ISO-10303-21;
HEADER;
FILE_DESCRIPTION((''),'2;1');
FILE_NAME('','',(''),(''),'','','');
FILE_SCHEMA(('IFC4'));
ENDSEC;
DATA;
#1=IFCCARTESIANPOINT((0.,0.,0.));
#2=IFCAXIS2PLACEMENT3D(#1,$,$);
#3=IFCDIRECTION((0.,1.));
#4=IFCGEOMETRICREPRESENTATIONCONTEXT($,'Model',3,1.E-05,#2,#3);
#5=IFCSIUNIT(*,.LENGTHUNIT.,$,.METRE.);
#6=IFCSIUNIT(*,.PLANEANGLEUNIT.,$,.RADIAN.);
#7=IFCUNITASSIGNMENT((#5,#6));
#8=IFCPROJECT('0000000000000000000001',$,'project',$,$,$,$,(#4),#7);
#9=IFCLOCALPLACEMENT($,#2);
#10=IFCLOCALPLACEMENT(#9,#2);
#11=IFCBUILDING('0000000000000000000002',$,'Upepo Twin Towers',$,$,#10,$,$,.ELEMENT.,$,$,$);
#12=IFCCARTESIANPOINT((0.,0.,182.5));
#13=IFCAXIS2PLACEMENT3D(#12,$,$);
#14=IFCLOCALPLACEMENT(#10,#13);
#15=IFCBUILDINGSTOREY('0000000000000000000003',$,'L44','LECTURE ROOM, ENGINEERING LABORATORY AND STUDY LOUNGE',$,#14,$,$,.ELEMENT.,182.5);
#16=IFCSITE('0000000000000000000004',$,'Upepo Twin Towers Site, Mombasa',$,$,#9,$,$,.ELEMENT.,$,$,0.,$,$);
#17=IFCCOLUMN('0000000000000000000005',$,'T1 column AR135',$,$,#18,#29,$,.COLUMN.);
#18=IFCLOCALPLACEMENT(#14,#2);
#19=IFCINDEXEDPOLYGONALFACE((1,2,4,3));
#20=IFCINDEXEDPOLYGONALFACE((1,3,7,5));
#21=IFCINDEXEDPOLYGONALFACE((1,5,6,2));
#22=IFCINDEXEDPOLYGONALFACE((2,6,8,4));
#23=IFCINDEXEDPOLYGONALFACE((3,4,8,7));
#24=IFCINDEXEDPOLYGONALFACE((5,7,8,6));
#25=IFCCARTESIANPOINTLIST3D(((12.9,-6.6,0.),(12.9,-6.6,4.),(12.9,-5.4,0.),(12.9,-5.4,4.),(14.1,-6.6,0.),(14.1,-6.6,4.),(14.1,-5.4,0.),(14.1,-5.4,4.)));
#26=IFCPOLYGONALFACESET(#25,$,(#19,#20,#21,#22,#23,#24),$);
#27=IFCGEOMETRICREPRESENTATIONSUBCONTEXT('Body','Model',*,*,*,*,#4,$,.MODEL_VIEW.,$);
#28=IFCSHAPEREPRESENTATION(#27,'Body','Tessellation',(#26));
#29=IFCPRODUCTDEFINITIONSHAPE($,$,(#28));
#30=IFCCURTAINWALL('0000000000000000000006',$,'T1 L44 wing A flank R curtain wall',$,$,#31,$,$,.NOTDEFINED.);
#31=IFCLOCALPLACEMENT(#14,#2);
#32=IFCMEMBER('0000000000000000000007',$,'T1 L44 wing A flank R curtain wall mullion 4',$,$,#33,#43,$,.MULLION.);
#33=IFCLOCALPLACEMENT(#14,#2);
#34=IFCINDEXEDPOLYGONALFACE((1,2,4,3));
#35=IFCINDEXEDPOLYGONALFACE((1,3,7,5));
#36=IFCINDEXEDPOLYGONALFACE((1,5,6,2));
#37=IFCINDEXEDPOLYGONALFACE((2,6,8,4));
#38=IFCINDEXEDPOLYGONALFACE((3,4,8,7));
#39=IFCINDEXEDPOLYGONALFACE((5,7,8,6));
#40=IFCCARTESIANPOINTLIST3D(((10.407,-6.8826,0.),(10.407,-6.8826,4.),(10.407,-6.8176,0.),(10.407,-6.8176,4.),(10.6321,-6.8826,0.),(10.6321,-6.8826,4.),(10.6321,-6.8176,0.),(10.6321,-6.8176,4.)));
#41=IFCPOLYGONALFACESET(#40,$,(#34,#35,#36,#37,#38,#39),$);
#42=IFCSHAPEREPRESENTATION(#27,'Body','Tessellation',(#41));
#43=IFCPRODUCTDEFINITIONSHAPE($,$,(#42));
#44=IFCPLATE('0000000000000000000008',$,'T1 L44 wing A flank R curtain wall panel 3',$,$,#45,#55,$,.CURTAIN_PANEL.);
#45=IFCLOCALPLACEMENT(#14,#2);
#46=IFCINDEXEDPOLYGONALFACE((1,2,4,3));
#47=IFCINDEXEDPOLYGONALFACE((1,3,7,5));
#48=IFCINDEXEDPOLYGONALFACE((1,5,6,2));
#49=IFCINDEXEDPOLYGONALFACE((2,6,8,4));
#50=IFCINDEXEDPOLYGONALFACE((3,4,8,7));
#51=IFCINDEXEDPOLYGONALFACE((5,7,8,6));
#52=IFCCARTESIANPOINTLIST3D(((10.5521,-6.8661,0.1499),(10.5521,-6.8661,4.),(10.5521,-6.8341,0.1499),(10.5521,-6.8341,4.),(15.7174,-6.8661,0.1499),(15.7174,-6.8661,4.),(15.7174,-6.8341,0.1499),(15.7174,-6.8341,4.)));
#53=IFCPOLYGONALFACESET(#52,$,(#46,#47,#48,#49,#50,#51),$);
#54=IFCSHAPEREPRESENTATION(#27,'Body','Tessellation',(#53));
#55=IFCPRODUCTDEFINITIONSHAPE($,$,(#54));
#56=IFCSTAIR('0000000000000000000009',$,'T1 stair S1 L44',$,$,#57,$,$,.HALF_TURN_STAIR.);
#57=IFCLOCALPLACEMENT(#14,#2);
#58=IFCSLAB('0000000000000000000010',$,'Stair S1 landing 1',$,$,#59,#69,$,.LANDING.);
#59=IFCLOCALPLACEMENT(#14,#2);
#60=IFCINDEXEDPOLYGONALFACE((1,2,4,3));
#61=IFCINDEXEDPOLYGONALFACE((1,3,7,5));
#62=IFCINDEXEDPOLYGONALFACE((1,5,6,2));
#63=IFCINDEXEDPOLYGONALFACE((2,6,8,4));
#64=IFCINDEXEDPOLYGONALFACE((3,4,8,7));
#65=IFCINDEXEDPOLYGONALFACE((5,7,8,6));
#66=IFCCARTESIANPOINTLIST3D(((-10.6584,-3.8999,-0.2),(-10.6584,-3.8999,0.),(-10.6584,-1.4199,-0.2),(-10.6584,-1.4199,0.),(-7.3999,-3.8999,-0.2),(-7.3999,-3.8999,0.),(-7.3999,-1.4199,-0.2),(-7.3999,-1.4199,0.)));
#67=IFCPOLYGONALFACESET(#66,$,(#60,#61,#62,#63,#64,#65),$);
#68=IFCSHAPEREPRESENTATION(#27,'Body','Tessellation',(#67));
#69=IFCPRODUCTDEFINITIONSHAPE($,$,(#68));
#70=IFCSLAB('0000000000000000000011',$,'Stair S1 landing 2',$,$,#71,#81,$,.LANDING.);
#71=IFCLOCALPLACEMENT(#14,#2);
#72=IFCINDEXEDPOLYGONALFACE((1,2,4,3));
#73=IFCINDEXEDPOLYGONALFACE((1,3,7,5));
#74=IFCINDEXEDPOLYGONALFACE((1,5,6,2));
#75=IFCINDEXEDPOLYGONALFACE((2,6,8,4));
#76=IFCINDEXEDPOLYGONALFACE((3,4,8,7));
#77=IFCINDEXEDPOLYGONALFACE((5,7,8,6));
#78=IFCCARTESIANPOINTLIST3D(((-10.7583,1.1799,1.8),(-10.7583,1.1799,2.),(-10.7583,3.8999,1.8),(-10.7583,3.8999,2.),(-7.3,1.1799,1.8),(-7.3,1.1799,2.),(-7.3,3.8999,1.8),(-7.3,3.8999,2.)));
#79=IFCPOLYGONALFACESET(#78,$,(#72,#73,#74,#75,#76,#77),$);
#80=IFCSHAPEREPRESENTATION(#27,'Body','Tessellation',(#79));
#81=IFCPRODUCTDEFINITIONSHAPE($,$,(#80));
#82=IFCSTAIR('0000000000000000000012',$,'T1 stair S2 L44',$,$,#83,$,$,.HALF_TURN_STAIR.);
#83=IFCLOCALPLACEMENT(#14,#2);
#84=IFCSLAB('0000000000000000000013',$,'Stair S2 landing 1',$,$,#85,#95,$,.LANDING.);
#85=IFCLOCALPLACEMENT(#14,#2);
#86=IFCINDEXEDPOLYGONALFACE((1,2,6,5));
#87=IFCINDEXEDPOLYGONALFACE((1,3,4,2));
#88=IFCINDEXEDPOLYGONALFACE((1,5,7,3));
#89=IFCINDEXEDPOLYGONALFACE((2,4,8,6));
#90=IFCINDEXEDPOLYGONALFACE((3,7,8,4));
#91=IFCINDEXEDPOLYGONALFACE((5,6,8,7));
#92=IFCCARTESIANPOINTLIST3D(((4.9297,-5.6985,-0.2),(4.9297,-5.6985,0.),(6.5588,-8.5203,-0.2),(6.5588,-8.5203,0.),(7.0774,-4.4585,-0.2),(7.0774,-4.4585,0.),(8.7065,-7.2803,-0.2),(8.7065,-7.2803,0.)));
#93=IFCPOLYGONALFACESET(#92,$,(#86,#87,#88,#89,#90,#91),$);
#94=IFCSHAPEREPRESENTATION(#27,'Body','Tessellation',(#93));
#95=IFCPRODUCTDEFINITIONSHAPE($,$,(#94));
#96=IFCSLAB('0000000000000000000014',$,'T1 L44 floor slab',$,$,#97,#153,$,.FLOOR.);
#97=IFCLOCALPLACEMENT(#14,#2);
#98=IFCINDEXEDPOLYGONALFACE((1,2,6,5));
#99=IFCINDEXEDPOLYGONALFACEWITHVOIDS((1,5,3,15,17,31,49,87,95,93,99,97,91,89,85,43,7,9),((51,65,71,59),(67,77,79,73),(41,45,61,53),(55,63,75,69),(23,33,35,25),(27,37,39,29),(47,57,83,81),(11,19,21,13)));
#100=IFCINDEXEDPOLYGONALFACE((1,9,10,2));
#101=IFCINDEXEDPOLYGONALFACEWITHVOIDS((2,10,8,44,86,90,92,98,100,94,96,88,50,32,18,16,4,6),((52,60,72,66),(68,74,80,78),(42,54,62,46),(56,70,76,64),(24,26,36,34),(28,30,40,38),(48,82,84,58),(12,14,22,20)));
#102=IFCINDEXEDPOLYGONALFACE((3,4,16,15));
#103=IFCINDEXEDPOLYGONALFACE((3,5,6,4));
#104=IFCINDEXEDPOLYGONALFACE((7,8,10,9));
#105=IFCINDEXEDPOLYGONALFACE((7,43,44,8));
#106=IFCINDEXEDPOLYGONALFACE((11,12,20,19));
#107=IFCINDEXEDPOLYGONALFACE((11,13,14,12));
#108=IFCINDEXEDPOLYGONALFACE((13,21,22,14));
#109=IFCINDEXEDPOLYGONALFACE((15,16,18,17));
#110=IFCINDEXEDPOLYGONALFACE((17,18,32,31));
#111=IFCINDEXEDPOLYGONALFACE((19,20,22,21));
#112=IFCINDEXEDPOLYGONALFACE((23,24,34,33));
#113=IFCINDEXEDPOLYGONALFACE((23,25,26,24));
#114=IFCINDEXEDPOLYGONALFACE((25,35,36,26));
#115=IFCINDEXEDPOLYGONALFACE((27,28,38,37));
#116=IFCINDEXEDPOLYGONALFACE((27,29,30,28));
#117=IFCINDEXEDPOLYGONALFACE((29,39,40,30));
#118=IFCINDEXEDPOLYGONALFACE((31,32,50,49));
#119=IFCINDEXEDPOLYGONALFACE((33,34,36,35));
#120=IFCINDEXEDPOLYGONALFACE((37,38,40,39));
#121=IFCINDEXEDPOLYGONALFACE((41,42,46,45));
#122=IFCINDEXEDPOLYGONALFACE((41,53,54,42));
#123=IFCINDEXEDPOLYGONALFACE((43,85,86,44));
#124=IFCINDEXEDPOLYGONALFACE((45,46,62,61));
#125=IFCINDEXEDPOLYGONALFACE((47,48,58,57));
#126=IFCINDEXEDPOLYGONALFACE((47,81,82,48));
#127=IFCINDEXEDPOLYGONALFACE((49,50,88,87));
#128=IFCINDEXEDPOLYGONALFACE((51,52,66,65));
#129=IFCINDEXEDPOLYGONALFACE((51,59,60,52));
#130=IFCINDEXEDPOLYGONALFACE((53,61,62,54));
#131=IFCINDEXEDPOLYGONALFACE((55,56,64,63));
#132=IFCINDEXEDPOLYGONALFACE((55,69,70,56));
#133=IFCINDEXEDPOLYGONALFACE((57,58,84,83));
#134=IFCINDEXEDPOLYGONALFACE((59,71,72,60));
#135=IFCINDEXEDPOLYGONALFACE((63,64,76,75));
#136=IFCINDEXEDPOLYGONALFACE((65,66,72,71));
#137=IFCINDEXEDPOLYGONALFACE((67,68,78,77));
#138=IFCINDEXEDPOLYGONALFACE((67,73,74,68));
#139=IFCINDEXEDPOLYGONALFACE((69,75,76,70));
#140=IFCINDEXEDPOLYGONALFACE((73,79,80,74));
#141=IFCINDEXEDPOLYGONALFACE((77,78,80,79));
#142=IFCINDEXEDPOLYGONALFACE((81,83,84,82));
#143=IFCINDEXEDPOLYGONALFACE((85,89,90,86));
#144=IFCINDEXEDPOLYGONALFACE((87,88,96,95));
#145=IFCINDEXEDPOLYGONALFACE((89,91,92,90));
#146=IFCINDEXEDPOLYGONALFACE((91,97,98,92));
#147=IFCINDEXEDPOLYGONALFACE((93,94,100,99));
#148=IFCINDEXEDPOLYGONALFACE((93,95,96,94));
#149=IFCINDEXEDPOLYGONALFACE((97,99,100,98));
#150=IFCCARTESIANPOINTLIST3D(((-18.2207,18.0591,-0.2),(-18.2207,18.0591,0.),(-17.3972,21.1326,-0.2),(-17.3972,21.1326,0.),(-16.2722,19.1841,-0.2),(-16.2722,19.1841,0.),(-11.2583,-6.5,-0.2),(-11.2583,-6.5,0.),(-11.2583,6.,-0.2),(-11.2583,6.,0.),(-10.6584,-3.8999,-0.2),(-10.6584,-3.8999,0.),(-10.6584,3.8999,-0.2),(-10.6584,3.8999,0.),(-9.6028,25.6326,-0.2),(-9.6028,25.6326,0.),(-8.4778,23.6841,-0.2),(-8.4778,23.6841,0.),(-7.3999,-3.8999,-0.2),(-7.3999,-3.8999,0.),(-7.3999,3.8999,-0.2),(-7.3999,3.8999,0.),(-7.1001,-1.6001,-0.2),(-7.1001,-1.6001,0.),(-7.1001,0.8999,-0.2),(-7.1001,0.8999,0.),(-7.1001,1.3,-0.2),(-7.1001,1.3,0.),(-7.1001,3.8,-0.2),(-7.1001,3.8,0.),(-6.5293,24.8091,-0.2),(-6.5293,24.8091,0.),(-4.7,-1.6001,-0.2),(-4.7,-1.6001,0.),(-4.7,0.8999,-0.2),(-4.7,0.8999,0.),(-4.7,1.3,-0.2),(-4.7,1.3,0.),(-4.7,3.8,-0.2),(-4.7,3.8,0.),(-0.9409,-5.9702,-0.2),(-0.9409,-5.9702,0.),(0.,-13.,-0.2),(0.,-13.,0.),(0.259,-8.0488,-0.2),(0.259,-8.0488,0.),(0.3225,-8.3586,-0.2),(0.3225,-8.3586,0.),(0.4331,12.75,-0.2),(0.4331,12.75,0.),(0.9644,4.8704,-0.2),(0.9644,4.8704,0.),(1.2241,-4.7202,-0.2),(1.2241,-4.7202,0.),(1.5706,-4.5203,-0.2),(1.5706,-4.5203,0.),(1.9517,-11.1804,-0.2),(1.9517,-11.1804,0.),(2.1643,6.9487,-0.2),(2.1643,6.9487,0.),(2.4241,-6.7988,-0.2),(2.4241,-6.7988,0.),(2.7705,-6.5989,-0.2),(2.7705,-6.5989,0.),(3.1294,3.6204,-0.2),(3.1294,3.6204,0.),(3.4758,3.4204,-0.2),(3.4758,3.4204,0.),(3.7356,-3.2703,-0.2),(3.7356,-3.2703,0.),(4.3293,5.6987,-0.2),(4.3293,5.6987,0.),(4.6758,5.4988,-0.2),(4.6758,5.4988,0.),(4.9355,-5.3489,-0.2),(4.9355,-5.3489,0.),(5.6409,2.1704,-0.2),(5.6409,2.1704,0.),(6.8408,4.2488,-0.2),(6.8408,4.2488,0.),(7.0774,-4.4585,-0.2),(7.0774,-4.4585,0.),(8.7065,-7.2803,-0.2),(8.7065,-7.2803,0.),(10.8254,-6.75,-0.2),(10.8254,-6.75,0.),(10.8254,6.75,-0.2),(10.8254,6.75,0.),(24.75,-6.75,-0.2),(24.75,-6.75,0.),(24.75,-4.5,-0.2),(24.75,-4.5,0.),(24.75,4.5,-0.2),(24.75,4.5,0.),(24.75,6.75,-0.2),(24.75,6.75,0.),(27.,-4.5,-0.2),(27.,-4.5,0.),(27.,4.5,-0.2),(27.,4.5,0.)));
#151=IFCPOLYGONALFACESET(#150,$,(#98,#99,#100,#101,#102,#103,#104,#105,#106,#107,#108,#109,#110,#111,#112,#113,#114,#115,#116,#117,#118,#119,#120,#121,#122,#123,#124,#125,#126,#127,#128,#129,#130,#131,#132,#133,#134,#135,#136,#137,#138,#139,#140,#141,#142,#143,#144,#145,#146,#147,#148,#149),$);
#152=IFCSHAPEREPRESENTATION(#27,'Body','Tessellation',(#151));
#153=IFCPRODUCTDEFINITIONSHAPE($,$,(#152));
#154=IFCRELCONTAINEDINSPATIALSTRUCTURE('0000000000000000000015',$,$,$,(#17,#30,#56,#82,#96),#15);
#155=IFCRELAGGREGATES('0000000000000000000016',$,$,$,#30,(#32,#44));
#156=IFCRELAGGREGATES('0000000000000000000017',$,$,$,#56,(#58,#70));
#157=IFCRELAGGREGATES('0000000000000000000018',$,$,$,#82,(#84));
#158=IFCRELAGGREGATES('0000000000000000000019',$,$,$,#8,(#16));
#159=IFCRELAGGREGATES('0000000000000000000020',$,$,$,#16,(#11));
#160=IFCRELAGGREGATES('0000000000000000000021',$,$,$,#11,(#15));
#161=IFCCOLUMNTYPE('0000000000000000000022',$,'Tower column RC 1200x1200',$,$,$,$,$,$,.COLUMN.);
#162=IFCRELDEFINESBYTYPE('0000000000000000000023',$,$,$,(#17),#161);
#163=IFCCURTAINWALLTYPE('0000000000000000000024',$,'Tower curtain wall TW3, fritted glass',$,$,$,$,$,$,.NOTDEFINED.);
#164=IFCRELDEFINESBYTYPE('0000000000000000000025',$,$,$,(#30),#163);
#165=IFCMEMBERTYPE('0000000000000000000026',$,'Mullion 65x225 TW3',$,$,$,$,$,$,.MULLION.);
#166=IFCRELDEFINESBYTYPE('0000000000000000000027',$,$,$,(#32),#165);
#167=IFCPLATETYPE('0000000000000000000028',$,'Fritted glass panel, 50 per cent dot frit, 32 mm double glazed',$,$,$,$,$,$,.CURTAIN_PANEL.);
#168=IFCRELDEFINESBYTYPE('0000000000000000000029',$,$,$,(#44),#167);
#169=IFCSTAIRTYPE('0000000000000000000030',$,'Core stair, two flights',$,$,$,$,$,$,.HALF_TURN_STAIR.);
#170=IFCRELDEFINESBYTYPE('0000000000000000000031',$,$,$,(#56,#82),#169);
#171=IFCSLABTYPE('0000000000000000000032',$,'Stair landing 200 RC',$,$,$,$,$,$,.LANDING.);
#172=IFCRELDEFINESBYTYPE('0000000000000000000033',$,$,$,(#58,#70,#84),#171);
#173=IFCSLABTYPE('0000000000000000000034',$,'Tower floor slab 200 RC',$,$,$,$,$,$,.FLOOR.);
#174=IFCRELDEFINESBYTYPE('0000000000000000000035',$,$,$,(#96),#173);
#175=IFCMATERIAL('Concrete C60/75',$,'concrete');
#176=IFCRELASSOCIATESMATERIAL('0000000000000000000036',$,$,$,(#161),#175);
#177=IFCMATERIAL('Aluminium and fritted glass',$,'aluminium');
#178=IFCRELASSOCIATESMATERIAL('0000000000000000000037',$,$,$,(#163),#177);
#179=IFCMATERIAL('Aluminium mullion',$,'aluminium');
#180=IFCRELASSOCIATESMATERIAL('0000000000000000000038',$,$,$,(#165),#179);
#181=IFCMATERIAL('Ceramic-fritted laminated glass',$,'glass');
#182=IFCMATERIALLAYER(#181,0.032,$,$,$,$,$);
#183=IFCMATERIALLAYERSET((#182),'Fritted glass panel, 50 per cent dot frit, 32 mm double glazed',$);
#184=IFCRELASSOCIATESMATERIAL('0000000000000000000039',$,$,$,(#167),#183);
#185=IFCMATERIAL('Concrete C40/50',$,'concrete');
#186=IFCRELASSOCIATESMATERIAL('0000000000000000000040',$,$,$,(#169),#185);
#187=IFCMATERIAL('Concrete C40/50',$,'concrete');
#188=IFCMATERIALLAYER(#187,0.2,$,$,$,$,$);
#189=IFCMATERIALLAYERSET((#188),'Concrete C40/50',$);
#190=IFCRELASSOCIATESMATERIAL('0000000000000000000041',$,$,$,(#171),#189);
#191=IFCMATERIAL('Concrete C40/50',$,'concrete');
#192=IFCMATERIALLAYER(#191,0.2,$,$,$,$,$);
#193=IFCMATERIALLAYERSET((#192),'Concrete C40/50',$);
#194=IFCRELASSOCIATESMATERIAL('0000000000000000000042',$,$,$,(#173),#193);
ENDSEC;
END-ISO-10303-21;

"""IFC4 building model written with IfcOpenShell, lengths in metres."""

from ifc_helpers import new_model, si_unit, direction, frame, origin, origin_2d, place, context, subcontext, project, spatial, polyline, rectangle, outline, extrude, material, layer, layer_set, material_profile, profile_set, type_object, element, aggregate, save


model = new_model("IFC4")

# Units and contexts
model_context = context("Model", 3, precision=1e-05, world=origin(), true_north=direction((0.0, 1.0)))
body_context = subcontext(model_context, "Body", "Model", "MODEL_VIEW")
ifc_project = project(units=[si_unit("LENGTHUNIT", "METRE"), si_unit("PLANEANGLEUNIT", "RADIAN")], contexts=[model_context])

# Site, building, storey
site_placement = place(None, origin())
site = spatial("IfcSite", under=ifc_project, at=site_placement, Name="Upepo Twin Towers Site, Mombasa", CompositionType="ELEMENT", RefElevation=0.0)
building_placement = place(site_placement, origin())
building = spatial("IfcBuilding", under=site, at=building_placement, Name="Upepo Twin Towers", CompositionType="ELEMENT")
storey_placement = place(building_placement, frame((0.0, 0.0, 182.5)))
storey = spatial("IfcBuildingStorey", under=building, at=storey_placement, Name="L44", Description="LECTURE ROOM, ENGINEERING LABORATORY AND STUDY LOUNGE", CompositionType="ELEMENT", Elevation=182.5)

# Column
ifc_material_1 = material(Name="Concrete C60/75", Category="concrete")
ifc_material_profile_1 = material_profile(ifc_material_1, rectangle(XDim=1.2, YDim=1.2, at=origin_2d()), Name="RC 1200x1200")
ifc_profile_set_1 = profile_set([ifc_material_profile_1], Name="Concrete C60/75")
column_type = type_object("IfcColumnType", Name="Tower column RC 1200x1200", PredefinedType="COLUMN", material=ifc_profile_set_1)
column_placement = place(storey_placement, frame((13.5, -6.0, 0.0), z_axis=(0.0, 0.0, 1.0), x_axis=(1.0, 0.0, 0.0)))
element("IfcColumn", 1, at=column_placement, inside=storey, type_object=column_type, Name="T1 column AR135", PredefinedType="COLUMN", context=body_context, shape_type="SweptSolid", body=[
    extrude(rectangle(XDim=1.2, YDim=1.2, at=origin_2d()), origin(), (0.0, 0.0, 1.0), 4.0),
])

# Curtain wall, member, plate
ifc_material_2 = material(Name="Aluminium and fritted glass", Category="aluminium")
curtain_wall_type = type_object("IfcCurtainWallType", Name="Tower curtain wall TW3, fritted glass", PredefinedType="NOTDEFINED", material=ifc_material_2)
curtain_wall_placement = place(storey_placement, origin())
curtain_wall = element("IfcCurtainWall", 2, at=curtain_wall_placement, inside=storey, type_object=curtain_wall_type, Name="T1 L44 wing A flank R curtain wall", PredefinedType="NOTDEFINED")
ifc_material_3 = material(Name="Aluminium mullion", Category="aluminium")
ifc_material_profile_2 = material_profile(ifc_material_3, rectangle(XDim=0.0649, YDim=0.2251, at=origin_2d()), Name="MULLION 65x225")
ifc_profile_set_2 = profile_set([ifc_material_profile_2], Name="Aluminium mullion")
member_type = type_object("IfcMemberType", Name="Mullion 65x225 TW3", PredefinedType="MULLION", material=ifc_profile_set_2)
member_placement = place(storey_placement, frame((10.5195, -6.8501, 0.0), z_axis=(0.0, 0.0, 1.0), x_axis=(0.0, -1.0, 0.0)))
member = element("IfcMember", 3, at=member_placement, type_object=member_type, Name="T1 L44 wing A flank R curtain wall mullion 4", PredefinedType="MULLION", context=body_context, shape_type="SweptSolid", body=[
    extrude(rectangle(XDim=0.0649, YDim=0.2251, at=origin_2d()), origin(), (0.0, 0.0, 1.0), 4.0),
])
ifc_material_4 = material(Name="Ceramic-fritted laminated glass", Category="glass")
ifc_layer_1 = layer(ifc_material_4, 0.032)
ifc_layer_set_1 = layer_set([ifc_layer_1], Name="Fritted glass panel, 50 per cent dot frit, 32 mm double glazed")
plate_type = type_object("IfcPlateType", Name="Fritted glass panel, 50 per cent dot frit, 32 mm double glazed", PredefinedType="CURTAIN_PANEL", material=ifc_layer_set_1)
plate_placement = place(storey_placement, frame((13.1348, -6.8501, 0.1499), z_axis=(0.0, 0.0, 1.0), x_axis=(-1.0, 0.0, 0.0)))
plate = element("IfcPlate", 4, at=plate_placement, type_object=plate_type, Name="T1 L44 wing A flank R curtain wall panel 3", PredefinedType="CURTAIN_PANEL", context=body_context, shape_type="SweptSolid", body=[
    extrude(rectangle(XDim=5.1653, YDim=0.032, at=origin_2d()), origin(), (0.0, 0.0, 1.0), 3.8501),
])
aggregate(curtain_wall, [member, plate])

# Stair, slabs
ifc_material_5 = material(Name="Concrete C40/50", Category="concrete")
stair_type = type_object("IfcStairType", Name="Core stair, two flights", PredefinedType="HALF_TURN_STAIR", material=ifc_material_5)
stair_1_placement = place(storey_placement, origin())
stair_1 = element("IfcStair", 5, at=stair_1_placement, inside=storey, type_object=stair_type, Name="T1 stair S1 L44", PredefinedType="HALF_TURN_STAIR")
ifc_material_6 = material(Name="Concrete C40/50", Category="concrete")
ifc_layer_2 = layer(ifc_material_6, 0.2)
ifc_layer_set_2 = layer_set([ifc_layer_2], Name="Concrete C40/50")
slab_type_1 = type_object("IfcSlabType", Name="Stair landing 200 RC", PredefinedType="LANDING", material=ifc_layer_set_2)
slab_1_placement = place(storey_placement, frame((0.0, 0.0, -0.2)))
slab_1 = element("IfcSlab", 6, at=slab_1_placement, type_object=slab_type_1, Name="Stair S1 landing 1", PredefinedType="LANDING", context=body_context, shape_type="SweptSolid", body=[
    extrude(outline(polyline([(-7.3999, -1.4199), (-10.6584, -1.4199), (-10.6584, -3.8999), (-7.3999, -3.8999), (-7.3999, -1.4199)])), origin(), (0.0, 0.0, 1.0), 0.2),
])
slab_2_placement = place(storey_placement, frame((0.0, 0.0, 1.8)))
slab_2 = element("IfcSlab", 7, at=slab_2_placement, type_object=slab_type_1, Name="Stair S1 landing 2", PredefinedType="LANDING", context=body_context, shape_type="SweptSolid", body=[
    extrude(outline(polyline([(-7.3, 3.8999), (-10.7583, 3.8999), (-10.7583, 1.1799), (-7.3, 1.1799), (-7.3, 3.8999)])), origin(), (0.0, 0.0, 1.0), 0.2),
])
aggregate(stair_1, [slab_1, slab_2])

# Stair, slab
stair_2_placement = place(storey_placement, origin())
stair_2 = element("IfcStair", 8, at=stair_2_placement, inside=storey, type_object=stair_type, Name="T1 stair S2 L44", PredefinedType="HALF_TURN_STAIR")
slab_3_placement = place(storey_placement, frame((0.0, 0.0, -0.2)))
slab_3 = element("IfcSlab", 9, at=slab_3_placement, type_object=slab_type_1, Name="Stair S2 landing 1", PredefinedType="LANDING", context=body_context, shape_type="SweptSolid", body=[
    extrude(outline(polyline([(4.9297, -5.6985), (6.5588, -8.5203), (8.7065, -7.2803), (7.0774, -4.4585), (4.9297, -5.6985)])), origin(), (0.0, 0.0, 1.0), 0.2),
])

# Slab
ifc_material_7 = material(Name="Concrete C40/50", Category="concrete")
ifc_layer_3 = layer(ifc_material_7, 0.2)
ifc_layer_set_3 = layer_set([ifc_layer_3], Name="Concrete C40/50")
slab_type_2 = type_object("IfcSlabType", Name="Tower floor slab 200 RC", PredefinedType="FLOOR", material=ifc_layer_set_3)
slab_4_placement = place(storey_placement, frame((0.0, 0.0, -0.2)))
element("IfcSlab", 10, at=slab_4_placement, inside=storey, type_object=slab_type_2, Name="T1 L44 floor slab", PredefinedType="FLOOR", context=body_context, shape_type="SweptSolid", body=[
    extrude(outline(polyline([(10.8254, 6.75), (24.75, 6.75), (24.75, 4.5), (27.0, 4.5), (27.0, -4.5), (24.75, -4.5), (24.75, -6.75), (10.8254, -6.75), (0.0, -13.0), (-11.2583, -6.5), (-11.2583, 6.0), (-18.2207, 18.0591), (-16.2722, 19.1841), (-17.3972, 21.1326), (-9.6028, 25.6326), (-8.4778, 23.6841), (-6.5293, 24.8091), (0.4331, 12.75), (10.8254, 6.75)]), holes=[polyline([(5.6409, 2.1704), (6.8408, 4.2488), (4.6758, 5.4988), (3.4758, 3.4204), (5.6409, 2.1704)]), polyline([(3.1294, 3.6204), (4.3293, 5.6987), (2.1643, 6.9487), (0.9644, 4.8704), (3.1294, 3.6204)]), polyline([(-4.7, 3.8), (-7.1001, 3.8), (-7.1001, 1.3), (-4.7, 1.3), (-4.7, 3.8)]), polyline([(-4.7, 0.8999), (-7.1001, 0.8999), (-7.1001, -1.6001), (-4.7, -1.6001), (-4.7, 0.8999)]), polyline([(-7.3999, 3.8999), (-10.6584, 3.8999), (-10.6584, -3.8999), (-7.3999, -3.8999), (-7.3999, 3.8999)]), polyline([(-0.9409, -5.9702), (0.259, -8.0488), (2.4241, -6.7988), (1.2241, -4.7202), (-0.9409, -5.9702)]), polyline([(1.5706, -4.5203), (2.7705, -6.5989), (4.9355, -5.3489), (3.7356, -3.2703), (1.5706, -4.5203)]), polyline([(0.3225, -8.3586), (1.9517, -11.1804), (8.7065, -7.2803), (7.0774, -4.4585), (0.3225, -8.3586)])]), origin(), (0.0, 0.0, 1.0), 0.2),
])

aggregate(stair_2, [slab_3])

save(model, "model.ifc")
